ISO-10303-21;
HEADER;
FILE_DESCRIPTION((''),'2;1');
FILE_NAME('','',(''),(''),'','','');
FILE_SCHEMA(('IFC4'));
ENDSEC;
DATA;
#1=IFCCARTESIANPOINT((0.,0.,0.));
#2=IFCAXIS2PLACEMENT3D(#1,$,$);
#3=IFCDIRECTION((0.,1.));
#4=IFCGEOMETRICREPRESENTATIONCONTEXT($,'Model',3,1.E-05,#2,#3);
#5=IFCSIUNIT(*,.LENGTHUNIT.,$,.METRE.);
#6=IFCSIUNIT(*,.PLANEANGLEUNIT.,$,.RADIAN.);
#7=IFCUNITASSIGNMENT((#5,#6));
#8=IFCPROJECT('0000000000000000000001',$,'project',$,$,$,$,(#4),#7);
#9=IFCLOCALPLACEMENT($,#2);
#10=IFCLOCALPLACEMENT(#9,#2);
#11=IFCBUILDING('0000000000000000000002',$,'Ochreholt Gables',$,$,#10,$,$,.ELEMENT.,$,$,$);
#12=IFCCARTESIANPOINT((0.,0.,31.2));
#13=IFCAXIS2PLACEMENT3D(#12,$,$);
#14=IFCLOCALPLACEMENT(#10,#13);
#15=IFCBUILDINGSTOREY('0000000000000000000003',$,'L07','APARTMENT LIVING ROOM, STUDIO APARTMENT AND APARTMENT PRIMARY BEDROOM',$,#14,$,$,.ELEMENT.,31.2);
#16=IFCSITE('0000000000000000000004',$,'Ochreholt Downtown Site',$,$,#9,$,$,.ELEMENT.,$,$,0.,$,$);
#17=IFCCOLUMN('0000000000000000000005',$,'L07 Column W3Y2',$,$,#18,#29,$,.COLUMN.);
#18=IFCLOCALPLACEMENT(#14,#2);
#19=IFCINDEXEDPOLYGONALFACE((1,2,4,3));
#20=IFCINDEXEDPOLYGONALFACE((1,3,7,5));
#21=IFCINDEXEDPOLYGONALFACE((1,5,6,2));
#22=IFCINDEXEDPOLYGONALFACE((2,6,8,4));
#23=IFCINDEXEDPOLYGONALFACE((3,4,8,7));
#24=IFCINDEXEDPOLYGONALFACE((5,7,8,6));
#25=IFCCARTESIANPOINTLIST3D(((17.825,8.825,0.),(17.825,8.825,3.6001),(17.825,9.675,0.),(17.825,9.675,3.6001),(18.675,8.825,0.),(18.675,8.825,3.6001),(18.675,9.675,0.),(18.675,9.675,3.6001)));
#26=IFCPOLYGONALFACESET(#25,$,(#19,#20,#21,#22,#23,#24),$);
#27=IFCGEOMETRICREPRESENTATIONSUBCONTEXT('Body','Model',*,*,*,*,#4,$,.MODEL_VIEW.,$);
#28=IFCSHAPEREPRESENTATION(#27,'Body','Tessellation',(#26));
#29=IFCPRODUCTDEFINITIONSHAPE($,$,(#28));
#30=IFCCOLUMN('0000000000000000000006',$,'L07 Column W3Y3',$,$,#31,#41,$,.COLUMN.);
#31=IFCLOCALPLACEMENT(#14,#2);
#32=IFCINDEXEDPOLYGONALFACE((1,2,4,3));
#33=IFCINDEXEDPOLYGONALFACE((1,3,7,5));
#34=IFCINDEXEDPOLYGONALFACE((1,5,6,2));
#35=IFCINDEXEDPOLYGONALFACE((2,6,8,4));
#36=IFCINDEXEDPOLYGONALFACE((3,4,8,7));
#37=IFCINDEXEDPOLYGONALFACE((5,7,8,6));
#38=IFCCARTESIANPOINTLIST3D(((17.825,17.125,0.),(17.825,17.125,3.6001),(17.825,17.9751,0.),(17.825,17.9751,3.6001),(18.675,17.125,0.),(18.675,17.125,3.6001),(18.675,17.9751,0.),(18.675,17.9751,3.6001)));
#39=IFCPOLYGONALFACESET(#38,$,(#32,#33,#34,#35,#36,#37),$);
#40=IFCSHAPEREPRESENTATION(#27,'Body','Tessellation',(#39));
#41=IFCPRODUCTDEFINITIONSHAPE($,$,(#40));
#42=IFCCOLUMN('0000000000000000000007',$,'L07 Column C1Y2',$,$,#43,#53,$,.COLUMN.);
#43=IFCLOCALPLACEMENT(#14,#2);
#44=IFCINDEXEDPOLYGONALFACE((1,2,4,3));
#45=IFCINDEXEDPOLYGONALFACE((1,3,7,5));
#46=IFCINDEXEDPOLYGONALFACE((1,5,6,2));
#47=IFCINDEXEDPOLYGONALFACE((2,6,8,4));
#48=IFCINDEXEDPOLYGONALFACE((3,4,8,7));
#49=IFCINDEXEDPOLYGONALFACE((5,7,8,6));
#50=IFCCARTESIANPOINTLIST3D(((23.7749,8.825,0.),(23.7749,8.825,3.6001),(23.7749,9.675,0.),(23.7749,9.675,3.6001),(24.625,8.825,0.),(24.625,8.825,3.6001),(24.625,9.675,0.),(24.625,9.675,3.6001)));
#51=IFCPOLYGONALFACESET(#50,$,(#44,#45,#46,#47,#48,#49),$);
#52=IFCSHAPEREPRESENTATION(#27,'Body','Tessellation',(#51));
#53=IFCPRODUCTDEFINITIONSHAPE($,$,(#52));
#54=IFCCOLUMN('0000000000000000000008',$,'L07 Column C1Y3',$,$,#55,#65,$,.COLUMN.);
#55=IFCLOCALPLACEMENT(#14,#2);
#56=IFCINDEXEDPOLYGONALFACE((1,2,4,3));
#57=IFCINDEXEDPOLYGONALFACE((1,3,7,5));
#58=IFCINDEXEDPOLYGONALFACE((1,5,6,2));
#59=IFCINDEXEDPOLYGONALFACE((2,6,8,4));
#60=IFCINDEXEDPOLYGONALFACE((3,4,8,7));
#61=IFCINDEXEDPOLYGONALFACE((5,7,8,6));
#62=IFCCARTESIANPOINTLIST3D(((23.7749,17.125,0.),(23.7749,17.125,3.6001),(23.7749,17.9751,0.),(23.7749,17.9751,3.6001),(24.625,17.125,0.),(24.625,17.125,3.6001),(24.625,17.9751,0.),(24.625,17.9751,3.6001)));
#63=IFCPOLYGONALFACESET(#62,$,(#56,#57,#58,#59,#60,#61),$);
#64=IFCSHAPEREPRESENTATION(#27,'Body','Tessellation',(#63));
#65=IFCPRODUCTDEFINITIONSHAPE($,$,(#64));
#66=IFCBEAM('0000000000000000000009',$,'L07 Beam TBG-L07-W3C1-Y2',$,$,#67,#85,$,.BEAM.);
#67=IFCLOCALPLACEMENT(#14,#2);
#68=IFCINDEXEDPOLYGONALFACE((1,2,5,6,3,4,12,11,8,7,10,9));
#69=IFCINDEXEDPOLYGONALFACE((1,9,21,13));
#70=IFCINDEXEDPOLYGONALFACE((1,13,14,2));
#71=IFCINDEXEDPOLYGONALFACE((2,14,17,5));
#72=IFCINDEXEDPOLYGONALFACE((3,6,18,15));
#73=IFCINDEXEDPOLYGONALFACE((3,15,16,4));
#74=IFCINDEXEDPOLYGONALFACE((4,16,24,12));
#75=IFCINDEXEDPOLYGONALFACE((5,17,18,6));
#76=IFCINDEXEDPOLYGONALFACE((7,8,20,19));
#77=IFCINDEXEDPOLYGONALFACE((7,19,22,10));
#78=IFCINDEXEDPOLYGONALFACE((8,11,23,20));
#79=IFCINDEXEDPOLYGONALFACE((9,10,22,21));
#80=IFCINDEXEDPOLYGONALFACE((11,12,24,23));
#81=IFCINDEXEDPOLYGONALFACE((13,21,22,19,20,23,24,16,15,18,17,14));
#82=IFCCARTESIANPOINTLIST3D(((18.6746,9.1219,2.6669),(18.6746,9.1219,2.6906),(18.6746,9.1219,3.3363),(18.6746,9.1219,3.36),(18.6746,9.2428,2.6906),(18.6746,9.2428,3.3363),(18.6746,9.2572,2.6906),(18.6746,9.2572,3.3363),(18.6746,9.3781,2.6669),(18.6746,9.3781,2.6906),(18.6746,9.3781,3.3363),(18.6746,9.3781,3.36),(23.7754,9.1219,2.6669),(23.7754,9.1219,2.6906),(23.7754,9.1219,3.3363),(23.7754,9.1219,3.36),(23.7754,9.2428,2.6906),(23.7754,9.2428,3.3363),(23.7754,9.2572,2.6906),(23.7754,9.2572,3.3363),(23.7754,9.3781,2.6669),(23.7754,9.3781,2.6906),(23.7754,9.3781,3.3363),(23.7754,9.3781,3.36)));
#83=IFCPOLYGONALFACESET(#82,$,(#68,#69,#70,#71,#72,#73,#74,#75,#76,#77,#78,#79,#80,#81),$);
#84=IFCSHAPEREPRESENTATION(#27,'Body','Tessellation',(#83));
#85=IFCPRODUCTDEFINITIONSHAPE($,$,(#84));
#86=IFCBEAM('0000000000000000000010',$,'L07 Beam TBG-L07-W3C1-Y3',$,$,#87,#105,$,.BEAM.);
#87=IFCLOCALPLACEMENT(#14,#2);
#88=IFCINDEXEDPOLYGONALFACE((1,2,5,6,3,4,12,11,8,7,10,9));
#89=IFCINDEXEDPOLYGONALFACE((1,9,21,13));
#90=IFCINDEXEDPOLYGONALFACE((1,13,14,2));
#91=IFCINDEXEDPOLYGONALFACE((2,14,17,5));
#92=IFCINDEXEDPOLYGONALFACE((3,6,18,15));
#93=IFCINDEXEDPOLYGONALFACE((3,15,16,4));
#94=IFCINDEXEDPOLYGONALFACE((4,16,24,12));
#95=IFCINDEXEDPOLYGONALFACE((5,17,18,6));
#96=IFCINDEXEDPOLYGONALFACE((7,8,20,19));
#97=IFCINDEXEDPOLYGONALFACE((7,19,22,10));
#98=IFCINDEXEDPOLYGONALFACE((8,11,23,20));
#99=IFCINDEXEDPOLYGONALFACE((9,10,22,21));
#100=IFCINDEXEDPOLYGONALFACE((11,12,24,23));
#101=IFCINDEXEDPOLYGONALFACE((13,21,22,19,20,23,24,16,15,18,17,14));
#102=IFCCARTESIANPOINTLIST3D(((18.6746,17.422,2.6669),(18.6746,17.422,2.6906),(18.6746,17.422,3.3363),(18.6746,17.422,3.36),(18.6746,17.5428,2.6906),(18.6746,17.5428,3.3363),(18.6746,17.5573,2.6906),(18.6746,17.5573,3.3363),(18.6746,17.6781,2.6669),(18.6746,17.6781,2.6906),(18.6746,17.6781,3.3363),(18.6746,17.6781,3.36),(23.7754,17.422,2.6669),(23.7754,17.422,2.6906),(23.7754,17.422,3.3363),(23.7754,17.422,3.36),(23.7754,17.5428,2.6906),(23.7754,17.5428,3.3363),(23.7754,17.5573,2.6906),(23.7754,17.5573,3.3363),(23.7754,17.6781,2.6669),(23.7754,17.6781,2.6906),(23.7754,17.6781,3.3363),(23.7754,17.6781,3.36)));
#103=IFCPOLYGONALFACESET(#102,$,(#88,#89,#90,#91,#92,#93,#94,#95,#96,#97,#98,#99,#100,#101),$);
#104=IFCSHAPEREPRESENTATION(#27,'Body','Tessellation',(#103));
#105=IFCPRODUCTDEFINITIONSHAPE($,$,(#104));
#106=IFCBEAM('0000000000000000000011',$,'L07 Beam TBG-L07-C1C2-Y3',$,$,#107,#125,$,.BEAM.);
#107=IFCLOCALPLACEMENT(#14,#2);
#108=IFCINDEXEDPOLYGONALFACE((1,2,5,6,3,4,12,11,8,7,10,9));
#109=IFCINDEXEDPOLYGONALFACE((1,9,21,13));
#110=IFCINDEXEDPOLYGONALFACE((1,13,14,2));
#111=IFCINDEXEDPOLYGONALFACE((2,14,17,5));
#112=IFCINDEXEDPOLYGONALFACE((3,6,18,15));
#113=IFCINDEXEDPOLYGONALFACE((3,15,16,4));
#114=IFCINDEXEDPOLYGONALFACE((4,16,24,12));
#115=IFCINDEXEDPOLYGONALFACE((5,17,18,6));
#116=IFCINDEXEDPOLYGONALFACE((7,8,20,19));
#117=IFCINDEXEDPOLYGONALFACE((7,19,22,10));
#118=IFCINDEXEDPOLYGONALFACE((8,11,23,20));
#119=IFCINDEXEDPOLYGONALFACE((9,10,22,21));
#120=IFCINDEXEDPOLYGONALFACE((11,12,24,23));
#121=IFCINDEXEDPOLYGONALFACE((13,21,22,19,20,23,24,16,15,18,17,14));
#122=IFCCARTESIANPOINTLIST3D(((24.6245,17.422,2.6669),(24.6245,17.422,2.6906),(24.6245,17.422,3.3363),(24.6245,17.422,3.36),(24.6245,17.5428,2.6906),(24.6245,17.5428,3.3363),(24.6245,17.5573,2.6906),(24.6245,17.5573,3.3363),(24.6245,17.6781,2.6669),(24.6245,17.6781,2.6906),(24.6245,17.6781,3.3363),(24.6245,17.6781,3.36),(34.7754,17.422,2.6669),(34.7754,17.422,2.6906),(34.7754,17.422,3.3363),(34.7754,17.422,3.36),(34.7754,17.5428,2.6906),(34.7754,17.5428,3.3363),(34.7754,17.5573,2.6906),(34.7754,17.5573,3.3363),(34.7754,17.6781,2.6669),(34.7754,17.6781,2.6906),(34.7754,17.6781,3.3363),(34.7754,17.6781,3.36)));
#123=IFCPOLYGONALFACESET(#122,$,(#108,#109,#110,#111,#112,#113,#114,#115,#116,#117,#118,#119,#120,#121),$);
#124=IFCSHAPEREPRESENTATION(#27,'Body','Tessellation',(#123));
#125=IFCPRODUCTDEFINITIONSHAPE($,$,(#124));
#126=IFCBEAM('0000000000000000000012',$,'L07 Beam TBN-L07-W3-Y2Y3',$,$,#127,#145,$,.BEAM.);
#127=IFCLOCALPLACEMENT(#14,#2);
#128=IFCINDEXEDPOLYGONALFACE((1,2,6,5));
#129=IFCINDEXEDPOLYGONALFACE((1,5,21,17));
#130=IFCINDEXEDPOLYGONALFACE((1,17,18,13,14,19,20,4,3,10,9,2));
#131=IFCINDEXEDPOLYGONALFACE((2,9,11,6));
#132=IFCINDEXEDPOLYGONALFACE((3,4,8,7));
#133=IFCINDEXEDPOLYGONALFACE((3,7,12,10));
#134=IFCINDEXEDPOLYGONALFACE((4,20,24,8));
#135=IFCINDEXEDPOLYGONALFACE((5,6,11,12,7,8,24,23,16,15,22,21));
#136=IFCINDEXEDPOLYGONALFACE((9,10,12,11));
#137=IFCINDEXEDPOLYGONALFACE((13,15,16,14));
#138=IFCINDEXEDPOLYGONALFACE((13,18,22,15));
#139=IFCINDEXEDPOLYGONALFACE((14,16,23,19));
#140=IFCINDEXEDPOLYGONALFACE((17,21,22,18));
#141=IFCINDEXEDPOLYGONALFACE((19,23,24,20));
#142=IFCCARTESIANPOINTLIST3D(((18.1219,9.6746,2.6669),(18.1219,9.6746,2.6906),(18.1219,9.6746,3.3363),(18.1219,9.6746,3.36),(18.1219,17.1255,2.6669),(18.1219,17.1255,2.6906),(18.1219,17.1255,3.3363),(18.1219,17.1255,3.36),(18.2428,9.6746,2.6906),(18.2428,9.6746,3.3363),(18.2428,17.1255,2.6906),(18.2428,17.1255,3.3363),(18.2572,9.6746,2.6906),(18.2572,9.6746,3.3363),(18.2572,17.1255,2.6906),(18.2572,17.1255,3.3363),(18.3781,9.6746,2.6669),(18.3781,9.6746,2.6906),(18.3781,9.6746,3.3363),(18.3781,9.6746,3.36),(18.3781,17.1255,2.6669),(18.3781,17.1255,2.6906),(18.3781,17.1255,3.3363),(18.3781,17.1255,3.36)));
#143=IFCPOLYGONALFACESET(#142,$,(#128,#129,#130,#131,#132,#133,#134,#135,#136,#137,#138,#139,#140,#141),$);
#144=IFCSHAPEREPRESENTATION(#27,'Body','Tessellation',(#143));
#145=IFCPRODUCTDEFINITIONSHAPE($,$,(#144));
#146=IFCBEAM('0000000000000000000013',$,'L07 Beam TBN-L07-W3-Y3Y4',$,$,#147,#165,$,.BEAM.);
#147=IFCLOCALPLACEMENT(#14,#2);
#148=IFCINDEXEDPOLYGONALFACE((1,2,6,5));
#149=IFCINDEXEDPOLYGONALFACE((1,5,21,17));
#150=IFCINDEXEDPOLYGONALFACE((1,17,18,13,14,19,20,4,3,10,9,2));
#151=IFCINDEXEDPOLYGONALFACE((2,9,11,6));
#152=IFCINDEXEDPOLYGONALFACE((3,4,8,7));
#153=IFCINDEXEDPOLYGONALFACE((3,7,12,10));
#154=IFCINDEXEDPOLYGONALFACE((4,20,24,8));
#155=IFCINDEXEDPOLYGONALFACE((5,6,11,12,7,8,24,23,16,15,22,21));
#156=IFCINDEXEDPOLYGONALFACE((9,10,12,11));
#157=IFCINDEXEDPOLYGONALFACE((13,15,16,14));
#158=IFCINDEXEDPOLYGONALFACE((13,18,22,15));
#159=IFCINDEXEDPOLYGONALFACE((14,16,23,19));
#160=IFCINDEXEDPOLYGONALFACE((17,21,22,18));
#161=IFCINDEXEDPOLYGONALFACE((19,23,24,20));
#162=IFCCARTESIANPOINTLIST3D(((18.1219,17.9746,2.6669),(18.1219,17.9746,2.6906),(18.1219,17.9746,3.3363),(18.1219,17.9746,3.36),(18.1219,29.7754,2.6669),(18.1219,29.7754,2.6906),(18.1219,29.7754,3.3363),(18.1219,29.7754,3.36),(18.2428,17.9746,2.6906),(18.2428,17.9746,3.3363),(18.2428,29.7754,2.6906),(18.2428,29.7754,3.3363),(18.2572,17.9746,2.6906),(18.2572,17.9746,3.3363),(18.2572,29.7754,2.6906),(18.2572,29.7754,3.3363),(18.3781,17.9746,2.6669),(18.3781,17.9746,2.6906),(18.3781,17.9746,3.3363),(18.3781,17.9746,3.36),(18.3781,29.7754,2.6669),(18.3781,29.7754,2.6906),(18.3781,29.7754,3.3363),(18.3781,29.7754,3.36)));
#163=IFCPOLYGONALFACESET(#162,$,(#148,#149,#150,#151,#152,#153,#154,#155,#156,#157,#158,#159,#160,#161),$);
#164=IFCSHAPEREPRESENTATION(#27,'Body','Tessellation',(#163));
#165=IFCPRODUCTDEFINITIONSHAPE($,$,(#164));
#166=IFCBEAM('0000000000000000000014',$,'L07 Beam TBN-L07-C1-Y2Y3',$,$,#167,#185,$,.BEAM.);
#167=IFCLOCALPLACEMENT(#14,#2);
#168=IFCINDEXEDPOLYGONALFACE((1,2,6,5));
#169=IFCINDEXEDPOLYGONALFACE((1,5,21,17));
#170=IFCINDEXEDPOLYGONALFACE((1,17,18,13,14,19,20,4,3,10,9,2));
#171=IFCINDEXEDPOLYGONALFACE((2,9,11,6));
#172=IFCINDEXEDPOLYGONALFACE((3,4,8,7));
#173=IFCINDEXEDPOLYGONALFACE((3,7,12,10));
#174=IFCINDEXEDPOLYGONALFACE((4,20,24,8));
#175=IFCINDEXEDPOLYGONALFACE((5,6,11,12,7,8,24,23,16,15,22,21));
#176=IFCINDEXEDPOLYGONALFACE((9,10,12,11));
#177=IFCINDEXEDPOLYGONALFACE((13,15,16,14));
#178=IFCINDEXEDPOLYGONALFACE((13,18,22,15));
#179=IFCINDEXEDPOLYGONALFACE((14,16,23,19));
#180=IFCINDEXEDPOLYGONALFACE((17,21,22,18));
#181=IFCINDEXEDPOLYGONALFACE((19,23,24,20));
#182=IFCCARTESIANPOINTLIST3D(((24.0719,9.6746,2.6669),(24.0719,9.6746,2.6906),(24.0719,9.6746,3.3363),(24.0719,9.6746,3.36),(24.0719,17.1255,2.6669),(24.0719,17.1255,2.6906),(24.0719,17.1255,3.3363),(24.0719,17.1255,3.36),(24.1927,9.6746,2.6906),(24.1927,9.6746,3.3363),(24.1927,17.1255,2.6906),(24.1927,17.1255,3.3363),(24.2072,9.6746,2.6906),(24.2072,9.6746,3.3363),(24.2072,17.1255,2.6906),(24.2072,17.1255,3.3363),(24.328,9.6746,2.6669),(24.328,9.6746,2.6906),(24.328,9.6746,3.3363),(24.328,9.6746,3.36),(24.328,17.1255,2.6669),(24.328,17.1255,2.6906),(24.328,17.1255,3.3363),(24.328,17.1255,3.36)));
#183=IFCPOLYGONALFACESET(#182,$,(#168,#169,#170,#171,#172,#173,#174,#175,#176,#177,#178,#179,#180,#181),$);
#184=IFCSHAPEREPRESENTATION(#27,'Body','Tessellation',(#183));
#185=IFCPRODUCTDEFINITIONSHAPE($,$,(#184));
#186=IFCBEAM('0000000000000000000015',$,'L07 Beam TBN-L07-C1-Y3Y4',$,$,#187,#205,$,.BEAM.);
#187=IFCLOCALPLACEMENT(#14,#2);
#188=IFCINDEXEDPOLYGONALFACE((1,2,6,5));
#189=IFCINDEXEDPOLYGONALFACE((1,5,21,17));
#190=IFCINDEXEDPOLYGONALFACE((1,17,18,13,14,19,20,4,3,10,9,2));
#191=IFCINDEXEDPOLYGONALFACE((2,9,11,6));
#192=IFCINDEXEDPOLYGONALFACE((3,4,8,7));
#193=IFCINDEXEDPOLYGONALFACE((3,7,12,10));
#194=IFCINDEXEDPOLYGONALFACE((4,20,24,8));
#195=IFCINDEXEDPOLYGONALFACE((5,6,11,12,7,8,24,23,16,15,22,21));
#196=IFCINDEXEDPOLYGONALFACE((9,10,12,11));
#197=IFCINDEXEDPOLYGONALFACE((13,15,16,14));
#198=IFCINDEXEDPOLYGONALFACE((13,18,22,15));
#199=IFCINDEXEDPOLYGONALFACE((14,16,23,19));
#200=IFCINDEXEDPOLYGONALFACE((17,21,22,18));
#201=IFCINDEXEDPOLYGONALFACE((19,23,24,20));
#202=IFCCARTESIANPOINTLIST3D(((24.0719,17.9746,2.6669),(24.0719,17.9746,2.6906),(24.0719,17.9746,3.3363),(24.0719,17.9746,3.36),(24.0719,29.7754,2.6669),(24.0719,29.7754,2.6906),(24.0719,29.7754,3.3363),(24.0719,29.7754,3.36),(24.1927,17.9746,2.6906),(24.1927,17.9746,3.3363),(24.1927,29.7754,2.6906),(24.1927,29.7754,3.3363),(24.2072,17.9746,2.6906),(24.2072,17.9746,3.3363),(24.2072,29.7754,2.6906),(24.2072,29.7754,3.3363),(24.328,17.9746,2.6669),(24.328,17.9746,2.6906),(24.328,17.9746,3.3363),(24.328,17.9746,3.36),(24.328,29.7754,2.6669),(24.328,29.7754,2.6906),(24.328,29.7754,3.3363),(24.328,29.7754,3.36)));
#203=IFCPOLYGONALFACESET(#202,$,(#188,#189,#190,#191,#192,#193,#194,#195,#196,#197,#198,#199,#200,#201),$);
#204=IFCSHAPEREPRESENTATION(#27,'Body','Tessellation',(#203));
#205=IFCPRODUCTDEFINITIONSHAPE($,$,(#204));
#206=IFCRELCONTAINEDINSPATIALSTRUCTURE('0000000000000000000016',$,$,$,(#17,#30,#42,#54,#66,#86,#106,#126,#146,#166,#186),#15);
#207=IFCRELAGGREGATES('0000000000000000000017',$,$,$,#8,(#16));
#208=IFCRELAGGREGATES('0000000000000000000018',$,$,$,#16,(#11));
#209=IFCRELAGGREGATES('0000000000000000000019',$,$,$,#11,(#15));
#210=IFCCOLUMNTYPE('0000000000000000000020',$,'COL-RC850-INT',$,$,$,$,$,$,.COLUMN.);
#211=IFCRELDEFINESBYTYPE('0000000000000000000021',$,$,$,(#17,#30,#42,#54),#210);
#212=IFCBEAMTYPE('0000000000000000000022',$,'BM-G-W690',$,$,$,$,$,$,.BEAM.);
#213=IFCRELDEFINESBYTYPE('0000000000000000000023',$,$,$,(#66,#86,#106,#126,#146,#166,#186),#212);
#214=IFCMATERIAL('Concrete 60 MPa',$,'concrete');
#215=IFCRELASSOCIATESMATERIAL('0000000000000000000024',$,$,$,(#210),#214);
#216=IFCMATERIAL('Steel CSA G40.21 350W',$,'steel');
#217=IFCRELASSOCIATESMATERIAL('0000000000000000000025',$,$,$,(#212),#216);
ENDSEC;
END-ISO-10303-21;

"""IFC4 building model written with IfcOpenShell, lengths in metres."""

from ifc_helpers import new_model, si_unit, direction, frame, origin, origin_2d, place, context, subcontext, project, spatial, rectangle, i_section, extrude, material, material_profile, profile_set, type_object, element, save


model = new_model("IFC4")

# Units and contexts
model_context = context("Model", 3, precision=1e-05, world=origin(), true_north=direction((0.0, 1.0)))
body_context = subcontext(model_context, "Body", "Model", "MODEL_VIEW")
ifc_project = project(units=[si_unit("LENGTHUNIT", "METRE"), si_unit("PLANEANGLEUNIT", "RADIAN")], contexts=[model_context])

# Site, building, storey
site_placement = place(None, origin())
site = spatial("IfcSite", under=ifc_project, at=site_placement, Name="Ochreholt Downtown Site", CompositionType="ELEMENT", RefElevation=0.0)
building_placement = place(site_placement, origin())
building = spatial("IfcBuilding", under=site, at=building_placement, Name="Ochreholt Gables", CompositionType="ELEMENT")
storey_placement = place(building_placement, frame((0.0, 0.0, 31.2)))
storey = spatial("IfcBuildingStorey", under=building, at=storey_placement, Name="L07", Description="APARTMENT LIVING ROOM, STUDIO APARTMENT AND APARTMENT PRIMARY BEDROOM", CompositionType="ELEMENT", Elevation=31.2)

# Columns
ifc_material_1 = material(Name="Concrete 60 MPa", Category="concrete")
ifc_material_profile_1 = material_profile(ifc_material_1, rectangle(XDim=0.8501, YDim=0.8501, at=origin_2d()), Name="RC850X850")
ifc_profile_set_1 = profile_set([ifc_material_profile_1], Name="Concrete 60 MPa")
column_type = type_object("IfcColumnType", Name="COL-RC850-INT", PredefinedType="COLUMN", material=ifc_profile_set_1)
for number, where, z_axis, x_axis, name in (
    (1, (18.25, 9.25, 0.0), (0.0, 0.0, 1.0), (1.0, 0.0, 0.0), "L07 Column W3Y2"),
    (2, (18.25, 17.55, 0.0), (0.0, 0.0, 1.0), (1.0, 0.0, 0.0), "L07 Column W3Y3"),
    (3, (24.2, 9.25, 0.0), (0.0, 0.0, 1.0), (1.0, 0.0, 0.0), "L07 Column C1Y2"),
    (4, (24.2, 17.55, 0.0), (0.0, 0.0, 1.0), (1.0, 0.0, 0.0), "L07 Column C1Y3"),
):
    element("IfcColumn", number, at=place(storey_placement, frame(where, z_axis=z_axis, x_axis=x_axis)), inside=storey, type_object=column_type, Name=name, PredefinedType="COLUMN", context=body_context, shape_type="SweptSolid", body=[
        extrude(rectangle(XDim=0.8501, YDim=0.8501, at=origin_2d()), origin(), (0.0, 0.0, 1.0), 3.6001),
    ])

# Beams
ifc_material_2 = material(Name="Steel CSA G40.21 350W", Category="steel")
ifc_material_profile_2 = material_profile(ifc_material_2, i_section(OverallWidth=0.2561, OverallDepth=0.6931, WebThickness=0.0144, FlangeThickness=0.0237, at=origin_2d()), Name="W690X170")
ifc_profile_set_2 = profile_set([ifc_material_profile_2], Name="Steel CSA G40.21 350W")
beam_type_1 = type_object("IfcBeamType", Name="BM-G-W690", PredefinedType="BEAM", material=ifc_profile_set_2)
for number, where, z_axis, x_axis, name in (
    (5, (18.6746, 9.25, 3.0134), (1.0, 0.0, 0.0), (0.0, 1.0, 0.0), "L07 Beam TBG-L07-W3C1-Y2"),
    (6, (18.6746, 17.55, 3.0134), (1.0, 0.0, 0.0), (0.0, 1.0, 0.0), "L07 Beam TBG-L07-W3C1-Y3"),
):
    element("IfcBeam", number, at=place(storey_placement, frame(where, z_axis=z_axis, x_axis=x_axis)), inside=storey, type_object=beam_type_1, Name=name, PredefinedType="BEAM", context=body_context, shape_type="SweptSolid", body=[
        extrude(i_section(OverallWidth=0.2561, OverallDepth=0.6931, WebThickness=0.0144, FlangeThickness=0.0237, at=origin_2d()), origin(), (0.0, 0.0, 1.0), 5.1008),
    ])
beam_1_placement = place(storey_placement, frame((24.6245, 17.55, 3.0134), z_axis=(1.0, 0.0, 0.0), x_axis=(0.0, 1.0, 0.0)))
element("IfcBeam", 7, at=beam_1_placement, inside=storey, type_object=beam_type_1, Name="L07 Beam TBG-L07-C1C2-Y3", PredefinedType="BEAM", context=body_context, shape_type="SweptSolid", body=[
    extrude(i_section(OverallWidth=0.2561, OverallDepth=0.6931, WebThickness=0.0144, FlangeThickness=0.0237, at=origin_2d()), origin(), (0.0, 0.0, 1.0), 10.1509),
])
beam_2_placement = place(storey_placement, frame((18.25, 9.6746, 3.0134), z_axis=(0.0, 1.0, 0.0), x_axis=(-1.0, 0.0, 0.0)))
element("IfcBeam", 8, at=beam_2_placement, inside=storey, type_object=beam_type_1, Name="L07 Beam TBN-L07-W3-Y2Y3", PredefinedType="BEAM", context=body_context, shape_type="SweptSolid", body=[
    extrude(i_section(OverallWidth=0.2561, OverallDepth=0.6931, WebThickness=0.0144, FlangeThickness=0.0237, at=origin_2d()), origin(), (0.0, 0.0, 1.0), 7.4509),
])
beam_3_placement = place(storey_placement, frame((18.25, 17.9746, 3.0134), z_axis=(0.0, 1.0, 0.0), x_axis=(-1.0, 0.0, 0.0)))
element("IfcBeam", 9, at=beam_3_placement, inside=storey, type_object=beam_type_1, Name="L07 Beam TBN-L07-W3-Y3Y4", PredefinedType="BEAM", context=body_context, shape_type="SweptSolid", body=[
    extrude(i_section(OverallWidth=0.2561, OverallDepth=0.6931, WebThickness=0.0144, FlangeThickness=0.0237, at=origin_2d()), origin(), (0.0, 0.0, 1.0), 11.8008),
])
beam_4_placement = place(storey_placement, frame((24.2, 9.6746, 3.0134), z_axis=(0.0, 1.0, 0.0), x_axis=(-1.0, 0.0, 0.0)))
element("IfcBeam", 10, at=beam_4_placement, inside=storey, type_object=beam_type_1, Name="L07 Beam TBN-L07-C1-Y2Y3", PredefinedType="BEAM", context=body_context, shape_type="SweptSolid", body=[
    extrude(i_section(OverallWidth=0.2561, OverallDepth=0.6931, WebThickness=0.0144, FlangeThickness=0.0237, at=origin_2d()), origin(), (0.0, 0.0, 1.0), 7.4509),
])
beam_5_placement = place(storey_placement, frame((24.2, 17.9746, 3.0134), z_axis=(0.0, 1.0, 0.0), x_axis=(-1.0, 0.0, 0.0)))
element("IfcBeam", 11, at=beam_5_placement, inside=storey, type_object=beam_type_1, Name="L07 Beam TBN-L07-C1-Y3Y4", PredefinedType="BEAM", context=body_context, shape_type="SweptSolid", body=[
    extrude(i_section(OverallWidth=0.2561, OverallDepth=0.6931, WebThickness=0.0144, FlangeThickness=0.0237, at=origin_2d()), origin(), (0.0, 0.0, 1.0), 11.8008),
])

save(model, "model.ifc")
